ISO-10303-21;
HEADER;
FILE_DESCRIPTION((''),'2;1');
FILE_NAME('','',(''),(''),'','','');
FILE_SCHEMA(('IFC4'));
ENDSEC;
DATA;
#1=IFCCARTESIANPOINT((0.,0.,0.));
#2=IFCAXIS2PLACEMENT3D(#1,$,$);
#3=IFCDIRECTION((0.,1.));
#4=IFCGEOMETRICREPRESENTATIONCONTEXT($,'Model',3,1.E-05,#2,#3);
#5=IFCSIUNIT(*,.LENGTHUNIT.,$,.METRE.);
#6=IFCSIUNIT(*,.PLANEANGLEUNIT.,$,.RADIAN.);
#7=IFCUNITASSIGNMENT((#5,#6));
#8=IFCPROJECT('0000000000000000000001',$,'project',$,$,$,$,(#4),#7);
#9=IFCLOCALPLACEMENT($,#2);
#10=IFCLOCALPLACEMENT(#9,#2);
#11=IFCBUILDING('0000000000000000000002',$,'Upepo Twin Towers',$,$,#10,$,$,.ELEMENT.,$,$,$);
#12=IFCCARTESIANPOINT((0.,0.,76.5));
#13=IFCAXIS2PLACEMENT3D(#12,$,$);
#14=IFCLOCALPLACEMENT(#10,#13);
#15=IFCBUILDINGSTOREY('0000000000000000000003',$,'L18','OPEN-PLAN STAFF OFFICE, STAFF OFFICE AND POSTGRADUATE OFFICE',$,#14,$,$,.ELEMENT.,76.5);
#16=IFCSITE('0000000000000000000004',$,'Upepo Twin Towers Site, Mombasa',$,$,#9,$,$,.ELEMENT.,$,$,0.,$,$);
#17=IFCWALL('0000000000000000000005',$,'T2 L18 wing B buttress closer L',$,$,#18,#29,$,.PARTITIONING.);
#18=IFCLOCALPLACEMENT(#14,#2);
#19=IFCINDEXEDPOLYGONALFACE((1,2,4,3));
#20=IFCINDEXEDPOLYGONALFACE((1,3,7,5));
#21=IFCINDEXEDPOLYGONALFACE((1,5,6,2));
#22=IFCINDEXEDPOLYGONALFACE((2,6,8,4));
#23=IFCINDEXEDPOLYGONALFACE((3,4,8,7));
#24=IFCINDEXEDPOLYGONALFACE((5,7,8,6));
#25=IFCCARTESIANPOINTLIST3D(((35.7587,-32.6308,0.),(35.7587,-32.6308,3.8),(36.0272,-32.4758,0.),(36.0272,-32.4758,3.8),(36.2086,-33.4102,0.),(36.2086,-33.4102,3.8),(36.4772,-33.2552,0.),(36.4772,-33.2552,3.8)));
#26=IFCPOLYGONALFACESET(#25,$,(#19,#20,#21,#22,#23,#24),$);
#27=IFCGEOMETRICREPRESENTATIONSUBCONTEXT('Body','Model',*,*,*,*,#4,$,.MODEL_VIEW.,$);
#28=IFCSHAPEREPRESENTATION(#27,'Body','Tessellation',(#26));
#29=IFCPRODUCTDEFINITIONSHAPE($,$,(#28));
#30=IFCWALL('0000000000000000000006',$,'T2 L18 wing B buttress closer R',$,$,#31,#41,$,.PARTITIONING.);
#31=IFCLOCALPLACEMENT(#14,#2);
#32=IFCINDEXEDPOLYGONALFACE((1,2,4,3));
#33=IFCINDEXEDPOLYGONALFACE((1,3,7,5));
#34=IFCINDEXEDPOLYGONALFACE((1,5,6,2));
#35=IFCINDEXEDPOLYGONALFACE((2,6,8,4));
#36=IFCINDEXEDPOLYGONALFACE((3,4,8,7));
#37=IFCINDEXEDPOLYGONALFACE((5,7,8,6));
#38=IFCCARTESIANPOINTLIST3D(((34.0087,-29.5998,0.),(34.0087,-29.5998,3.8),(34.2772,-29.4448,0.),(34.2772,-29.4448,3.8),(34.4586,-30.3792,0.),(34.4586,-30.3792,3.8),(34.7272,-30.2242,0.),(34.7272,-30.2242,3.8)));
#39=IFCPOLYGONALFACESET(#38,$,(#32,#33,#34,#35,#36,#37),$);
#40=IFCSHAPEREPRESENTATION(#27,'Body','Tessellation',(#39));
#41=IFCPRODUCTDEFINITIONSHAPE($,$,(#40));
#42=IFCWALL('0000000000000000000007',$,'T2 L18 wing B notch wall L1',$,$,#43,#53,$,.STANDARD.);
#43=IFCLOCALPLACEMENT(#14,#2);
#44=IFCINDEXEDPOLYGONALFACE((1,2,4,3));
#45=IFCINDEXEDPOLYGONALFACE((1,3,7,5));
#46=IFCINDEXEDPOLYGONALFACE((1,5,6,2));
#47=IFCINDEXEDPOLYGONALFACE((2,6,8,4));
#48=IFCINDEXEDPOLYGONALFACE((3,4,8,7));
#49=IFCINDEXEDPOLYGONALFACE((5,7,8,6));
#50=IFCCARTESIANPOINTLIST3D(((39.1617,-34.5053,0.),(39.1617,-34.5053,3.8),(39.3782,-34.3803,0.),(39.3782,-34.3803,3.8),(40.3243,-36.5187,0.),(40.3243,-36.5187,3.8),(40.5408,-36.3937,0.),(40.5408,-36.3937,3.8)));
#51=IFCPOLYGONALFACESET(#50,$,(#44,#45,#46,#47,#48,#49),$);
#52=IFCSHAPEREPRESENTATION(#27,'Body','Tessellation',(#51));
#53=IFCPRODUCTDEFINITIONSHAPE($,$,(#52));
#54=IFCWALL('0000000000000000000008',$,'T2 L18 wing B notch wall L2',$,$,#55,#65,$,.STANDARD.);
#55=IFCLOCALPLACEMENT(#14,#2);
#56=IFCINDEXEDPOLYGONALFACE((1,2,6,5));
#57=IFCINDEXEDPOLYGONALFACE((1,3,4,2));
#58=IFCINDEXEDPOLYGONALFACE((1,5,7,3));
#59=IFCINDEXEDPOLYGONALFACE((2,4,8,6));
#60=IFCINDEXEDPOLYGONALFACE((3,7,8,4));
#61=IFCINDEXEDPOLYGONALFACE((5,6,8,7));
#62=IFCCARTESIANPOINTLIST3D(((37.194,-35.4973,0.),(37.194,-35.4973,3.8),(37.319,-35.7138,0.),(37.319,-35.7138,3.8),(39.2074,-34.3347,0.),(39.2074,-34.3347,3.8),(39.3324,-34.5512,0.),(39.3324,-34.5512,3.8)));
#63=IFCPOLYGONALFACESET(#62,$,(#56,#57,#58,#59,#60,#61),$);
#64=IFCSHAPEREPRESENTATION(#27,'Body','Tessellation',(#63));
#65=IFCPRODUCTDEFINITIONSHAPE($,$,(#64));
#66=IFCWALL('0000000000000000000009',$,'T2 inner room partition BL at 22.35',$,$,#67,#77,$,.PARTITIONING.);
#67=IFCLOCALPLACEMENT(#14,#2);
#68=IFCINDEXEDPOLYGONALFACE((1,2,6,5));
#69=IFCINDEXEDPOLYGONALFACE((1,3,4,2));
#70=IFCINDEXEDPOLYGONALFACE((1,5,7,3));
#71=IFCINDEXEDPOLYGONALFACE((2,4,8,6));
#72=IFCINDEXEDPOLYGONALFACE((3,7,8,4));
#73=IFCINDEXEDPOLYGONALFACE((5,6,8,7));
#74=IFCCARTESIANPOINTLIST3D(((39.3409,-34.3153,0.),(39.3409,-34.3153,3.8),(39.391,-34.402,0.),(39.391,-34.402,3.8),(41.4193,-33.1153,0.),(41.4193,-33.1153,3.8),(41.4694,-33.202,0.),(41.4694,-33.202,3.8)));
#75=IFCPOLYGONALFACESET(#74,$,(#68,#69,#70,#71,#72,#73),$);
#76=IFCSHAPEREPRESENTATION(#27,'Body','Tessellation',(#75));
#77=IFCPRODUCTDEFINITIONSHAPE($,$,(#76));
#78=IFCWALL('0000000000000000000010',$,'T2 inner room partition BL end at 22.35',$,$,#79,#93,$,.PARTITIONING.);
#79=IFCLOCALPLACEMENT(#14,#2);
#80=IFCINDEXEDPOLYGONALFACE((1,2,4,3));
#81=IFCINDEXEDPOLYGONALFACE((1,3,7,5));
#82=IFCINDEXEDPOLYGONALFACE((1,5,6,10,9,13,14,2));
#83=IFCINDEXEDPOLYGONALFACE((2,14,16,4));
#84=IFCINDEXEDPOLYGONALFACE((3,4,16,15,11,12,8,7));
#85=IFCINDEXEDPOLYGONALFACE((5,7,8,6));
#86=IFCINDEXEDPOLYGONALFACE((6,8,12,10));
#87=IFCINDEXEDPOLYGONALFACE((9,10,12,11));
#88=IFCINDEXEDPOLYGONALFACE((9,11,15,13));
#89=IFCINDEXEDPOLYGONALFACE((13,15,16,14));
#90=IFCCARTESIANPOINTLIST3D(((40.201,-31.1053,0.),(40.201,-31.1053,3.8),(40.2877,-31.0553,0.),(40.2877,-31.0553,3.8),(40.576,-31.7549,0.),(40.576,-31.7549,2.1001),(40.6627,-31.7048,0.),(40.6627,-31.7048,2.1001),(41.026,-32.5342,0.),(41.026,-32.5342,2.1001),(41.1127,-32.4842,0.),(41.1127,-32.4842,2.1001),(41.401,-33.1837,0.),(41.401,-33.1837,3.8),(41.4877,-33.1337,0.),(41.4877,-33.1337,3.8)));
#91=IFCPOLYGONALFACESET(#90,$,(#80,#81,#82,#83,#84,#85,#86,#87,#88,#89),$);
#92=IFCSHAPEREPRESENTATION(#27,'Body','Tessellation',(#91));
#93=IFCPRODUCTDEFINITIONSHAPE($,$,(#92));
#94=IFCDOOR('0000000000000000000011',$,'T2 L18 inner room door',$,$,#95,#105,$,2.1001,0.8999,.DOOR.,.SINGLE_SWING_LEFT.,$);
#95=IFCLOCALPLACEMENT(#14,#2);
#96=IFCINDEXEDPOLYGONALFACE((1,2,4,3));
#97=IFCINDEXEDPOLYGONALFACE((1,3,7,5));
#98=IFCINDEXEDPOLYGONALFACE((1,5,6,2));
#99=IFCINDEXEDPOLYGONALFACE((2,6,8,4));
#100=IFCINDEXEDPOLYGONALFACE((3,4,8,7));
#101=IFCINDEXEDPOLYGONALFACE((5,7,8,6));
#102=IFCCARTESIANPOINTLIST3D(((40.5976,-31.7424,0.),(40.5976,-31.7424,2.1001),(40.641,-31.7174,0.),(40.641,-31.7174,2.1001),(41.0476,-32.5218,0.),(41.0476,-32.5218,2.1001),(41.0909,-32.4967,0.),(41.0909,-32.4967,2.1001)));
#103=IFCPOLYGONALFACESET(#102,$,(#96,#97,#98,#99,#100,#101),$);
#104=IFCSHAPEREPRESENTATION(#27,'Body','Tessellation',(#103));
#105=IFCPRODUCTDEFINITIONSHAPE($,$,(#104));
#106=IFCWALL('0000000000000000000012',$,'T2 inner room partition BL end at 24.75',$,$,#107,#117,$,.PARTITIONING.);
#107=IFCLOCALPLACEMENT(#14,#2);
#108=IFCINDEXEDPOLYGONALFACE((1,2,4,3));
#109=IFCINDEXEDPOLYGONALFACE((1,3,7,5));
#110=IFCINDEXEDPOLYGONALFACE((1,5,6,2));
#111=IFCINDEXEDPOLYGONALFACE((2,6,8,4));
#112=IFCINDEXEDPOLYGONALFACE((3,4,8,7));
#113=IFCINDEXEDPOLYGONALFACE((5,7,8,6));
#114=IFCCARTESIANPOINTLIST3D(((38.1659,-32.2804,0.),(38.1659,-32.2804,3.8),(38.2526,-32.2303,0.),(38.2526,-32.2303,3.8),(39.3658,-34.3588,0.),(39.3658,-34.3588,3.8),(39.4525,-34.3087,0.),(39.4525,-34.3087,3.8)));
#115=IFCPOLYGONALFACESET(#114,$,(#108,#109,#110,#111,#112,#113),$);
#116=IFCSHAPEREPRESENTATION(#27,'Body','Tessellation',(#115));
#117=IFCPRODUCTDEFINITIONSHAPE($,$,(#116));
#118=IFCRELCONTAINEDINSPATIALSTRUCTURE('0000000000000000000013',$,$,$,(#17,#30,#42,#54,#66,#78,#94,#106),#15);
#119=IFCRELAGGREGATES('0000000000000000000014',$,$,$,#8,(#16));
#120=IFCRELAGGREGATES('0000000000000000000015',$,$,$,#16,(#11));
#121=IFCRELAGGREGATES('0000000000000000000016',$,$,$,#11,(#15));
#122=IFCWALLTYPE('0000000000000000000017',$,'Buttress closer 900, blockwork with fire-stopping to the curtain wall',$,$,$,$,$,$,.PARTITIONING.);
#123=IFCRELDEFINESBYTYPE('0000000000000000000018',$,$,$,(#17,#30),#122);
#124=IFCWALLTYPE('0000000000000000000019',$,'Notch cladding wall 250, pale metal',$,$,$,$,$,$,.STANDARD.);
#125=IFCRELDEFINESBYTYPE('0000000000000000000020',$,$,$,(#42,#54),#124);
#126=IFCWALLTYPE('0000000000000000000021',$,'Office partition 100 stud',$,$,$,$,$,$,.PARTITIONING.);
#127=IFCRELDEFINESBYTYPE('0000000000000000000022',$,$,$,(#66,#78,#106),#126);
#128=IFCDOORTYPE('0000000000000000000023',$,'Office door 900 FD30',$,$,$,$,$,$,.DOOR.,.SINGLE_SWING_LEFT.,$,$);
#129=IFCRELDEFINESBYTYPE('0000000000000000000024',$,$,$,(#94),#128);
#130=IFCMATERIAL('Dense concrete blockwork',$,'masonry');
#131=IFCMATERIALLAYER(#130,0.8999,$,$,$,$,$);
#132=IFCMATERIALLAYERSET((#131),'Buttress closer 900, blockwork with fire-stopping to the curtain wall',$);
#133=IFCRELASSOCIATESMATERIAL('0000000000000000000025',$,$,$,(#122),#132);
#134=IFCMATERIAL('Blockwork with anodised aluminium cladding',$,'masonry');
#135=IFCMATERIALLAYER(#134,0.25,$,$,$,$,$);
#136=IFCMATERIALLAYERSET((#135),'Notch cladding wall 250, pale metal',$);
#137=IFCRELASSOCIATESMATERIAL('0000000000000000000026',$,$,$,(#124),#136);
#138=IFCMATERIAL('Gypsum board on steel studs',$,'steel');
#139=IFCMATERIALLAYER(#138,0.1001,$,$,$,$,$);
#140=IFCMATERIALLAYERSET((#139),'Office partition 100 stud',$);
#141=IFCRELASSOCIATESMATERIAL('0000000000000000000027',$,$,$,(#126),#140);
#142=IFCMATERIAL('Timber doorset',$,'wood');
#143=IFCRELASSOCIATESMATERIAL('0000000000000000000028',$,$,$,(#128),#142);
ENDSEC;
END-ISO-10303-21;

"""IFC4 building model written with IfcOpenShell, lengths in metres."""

from ifc_helpers import new_model, si_unit, direction, frame, frame_2d, origin, place, context, subcontext, project, spatial, rectangle, extrude, material, layer, layer_set, type_object, element, fill, save


model = new_model("IFC4")

# Units and contexts
model_context = context("Model", 3, precision=1e-05, world=origin(), true_north=direction((0.0, 1.0)))
body_context = subcontext(model_context, "Body", "Model", "MODEL_VIEW")
ifc_project = project(units=[si_unit("LENGTHUNIT", "METRE"), si_unit("PLANEANGLEUNIT", "RADIAN")], contexts=[model_context])

# Site, building, storey
site_placement = place(None, origin())
site = spatial("IfcSite", under=ifc_project, at=site_placement, Name="Upepo Twin Towers Site, Mombasa", CompositionType="ELEMENT", RefElevation=0.0)
building_placement = place(site_placement, origin())
building = spatial("IfcBuilding", under=site, at=building_placement, Name="Upepo Twin Towers", CompositionType="ELEMENT")
storey_placement = place(building_placement, frame((0.0, 0.0, 76.5)))
storey = spatial("IfcBuildingStorey", under=building, at=storey_placement, Name="L18", Description="OPEN-PLAN STAFF OFFICE, STAFF OFFICE AND POSTGRADUATE OFFICE", CompositionType="ELEMENT", Elevation=76.5)

# Walls
ifc_material_1 = material(Name="Dense concrete blockwork", Category="masonry")
ifc_layer_1 = layer(ifc_material_1, 0.8999)
ifc_layer_set_1 = layer_set([ifc_layer_1], Name="Buttress closer 900, blockwork with fire-stopping to the curtain wall")
wall_type_1 = type_object("IfcWallType", Name="Buttress closer 900, blockwork with fire-stopping to the curtain wall", PredefinedType="PARTITIONING", material=ifc_layer_set_1)
for number, where, z_axis, x_axis, name in (
    (1, (36.2522, -32.8655, 0.0), (0.0, 0.0, 1.0), (-0.866054, -0.49995, 0.0), "T2 L18 wing B buttress closer L"),
    (2, (34.5022, -29.8345, 0.0), (0.0, 0.0, 1.0), (-0.866054, -0.49995, 0.0), "T2 L18 wing B buttress closer R"),
):
    element("IfcWall", number, at=place(storey_placement, frame(where, z_axis=z_axis, x_axis=x_axis)), inside=storey, type_object=wall_type_1, Name=name, PredefinedType="PARTITIONING", context=body_context, shape_type="SweptSolid", body=[
        extrude(rectangle(XDim=0.3101, YDim=0.8999, at=frame_2d((0.155, 0.0))), origin(), (0.0, 0.0, 1.0), 3.8),
    ])
ifc_material_2 = material(Name="Blockwork with anodised aluminium cladding", Category="masonry")
ifc_layer_2 = layer(ifc_material_2, 0.25)
ifc_layer_set_2 = layer_set([ifc_layer_2], Name="Notch cladding wall 250, pale metal")
wall_type_2 = type_object("IfcWallType", Name="Notch cladding wall 250, pale metal", PredefinedType="STANDARD", material=ifc_layer_set_2)
for number, where, z_axis, x_axis, name in (
    (3, (40.4326, -36.4563, 0.0), (0.0, 0.0, 1.0), (-0.500047, 0.865998, 0.0), "T2 L18 wing B notch wall L1"),
    (4, (39.27, -34.4429, 0.0), (0.0, 0.0, 1.0), (-0.865998, -0.500047, 0.0), "T2 L18 wing B notch wall L2"),
):
    element("IfcWall", number, at=place(storey_placement, frame(where, z_axis=z_axis, x_axis=x_axis)), inside=storey, type_object=wall_type_2, Name=name, PredefinedType="STANDARD", context=body_context, shape_type="SweptSolid", body=[
        extrude(rectangle(XDim=2.325, YDim=0.25, at=frame_2d((1.1626, 0.0))), origin(), (0.0, 0.0, 1.0), 3.8),
    ])
ifc_material_3 = material(Name="Gypsum board on steel studs", Category="steel")
ifc_layer_3 = layer(ifc_material_3, 0.1001)
ifc_layer_set_3 = layer_set([ifc_layer_3], Name="Office partition 100 stud")
wall_type_3 = type_object("IfcWallType", Name="Office partition 100 stud", PredefinedType="PARTITIONING", material=ifc_layer_set_3)
wall_1_placement = place(storey_placement, frame((41.4443, -33.1587, 0.0), z_axis=(0.0, 0.0, 1.0), x_axis=(-0.866025, -0.500001, 0.0)))
element("IfcWall", 5, at=wall_1_placement, inside=storey, type_object=wall_type_3, Name="T2 inner room partition BL at 22.35", PredefinedType="PARTITIONING", context=body_context, shape_type="SweptSolid", body=[
    extrude(rectangle(XDim=2.3999, YDim=0.1001, at=frame_2d((1.2, 0.0))), origin(), (0.0, 0.0, 1.0), 3.8),
])

# Wall, opening, door
wall_2_placement = place(storey_placement, frame((40.2444, -31.0803, 0.0), z_axis=(0.0, 0.0, 1.0), x_axis=(0.500001, -0.866025, 0.0)))
wall_2 = element("IfcWall", 6, at=wall_2_placement, inside=storey, type_object=wall_type_3, Name="T2 inner room partition BL end at 22.35", PredefinedType="PARTITIONING", context=body_context, shape_type="SweptSolid", body=[
    extrude(rectangle(XDim=2.3999, YDim=0.1001, at=frame_2d((1.2, 0.0))), origin(), (0.0, 0.0, 1.0), 3.8),
])
opening_placement = place(wall_2_placement, frame((0.75, 0.0, 0.0)))
opening = element("IfcOpeningElement", 7, at=opening_placement, cuts=wall_2, PredefinedType="OPENING", context=body_context, shape_type="SweptSolid", body=[
    extrude(rectangle(XDim=0.8999, YDim=2.1001, at=frame_2d((0.45, 1.05))), frame((0.0, 0.0601, 0.0), z_axis=(0.0, -1.0, 0.0), x_axis=(1.0, 0.0, 0.0)), (0.0, 0.0, 1.0), 0.1201),
])
ifc_material_4 = material(Name="Timber doorset", Category="wood")
door_type = type_object("IfcDoorType", Name="Office door 900 FD30", OperationType="SINGLE_SWING_LEFT", PredefinedType="DOOR", material=ifc_material_4)
door_placement = place(opening_placement, origin())
door = element("IfcDoor", 8, at=door_placement, inside=storey, type_object=door_type, Name="T2 L18 inner room door", OperationType="SINGLE_SWING_LEFT", OverallHeight=2.1001, OverallWidth=0.8999, PredefinedType="DOOR", context=body_context, shape_type="SweptSolid", body=[
    extrude(rectangle(XDim=0.8999, YDim=2.1001, at=frame_2d((0.45, 1.05))), frame((0.0, 0.0249, 0.0), z_axis=(0.0, -1.0, 0.0), x_axis=(1.0, 0.0, 0.0)), (0.0, 0.0, 1.0), 0.05),
])
fill(opening, door)

# Wall
wall_3_placement = place(storey_placement, frame((38.2092, -32.2554, 0.0), z_axis=(0.0, 0.0, 1.0), x_axis=(0.500001, -0.866025, 0.0)))
element("IfcWall", 9, at=wall_3_placement, inside=storey, type_object=wall_type_3, Name="T2 inner room partition BL end at 24.75", PredefinedType="PARTITIONING", context=body_context, shape_type="SweptSolid", body=[
    extrude(rectangle(XDim=2.3999, YDim=0.1001, at=frame_2d((1.2, 0.0))), origin(), (0.0, 0.0, 1.0), 3.8),
])

save(model, "model.ifc")
